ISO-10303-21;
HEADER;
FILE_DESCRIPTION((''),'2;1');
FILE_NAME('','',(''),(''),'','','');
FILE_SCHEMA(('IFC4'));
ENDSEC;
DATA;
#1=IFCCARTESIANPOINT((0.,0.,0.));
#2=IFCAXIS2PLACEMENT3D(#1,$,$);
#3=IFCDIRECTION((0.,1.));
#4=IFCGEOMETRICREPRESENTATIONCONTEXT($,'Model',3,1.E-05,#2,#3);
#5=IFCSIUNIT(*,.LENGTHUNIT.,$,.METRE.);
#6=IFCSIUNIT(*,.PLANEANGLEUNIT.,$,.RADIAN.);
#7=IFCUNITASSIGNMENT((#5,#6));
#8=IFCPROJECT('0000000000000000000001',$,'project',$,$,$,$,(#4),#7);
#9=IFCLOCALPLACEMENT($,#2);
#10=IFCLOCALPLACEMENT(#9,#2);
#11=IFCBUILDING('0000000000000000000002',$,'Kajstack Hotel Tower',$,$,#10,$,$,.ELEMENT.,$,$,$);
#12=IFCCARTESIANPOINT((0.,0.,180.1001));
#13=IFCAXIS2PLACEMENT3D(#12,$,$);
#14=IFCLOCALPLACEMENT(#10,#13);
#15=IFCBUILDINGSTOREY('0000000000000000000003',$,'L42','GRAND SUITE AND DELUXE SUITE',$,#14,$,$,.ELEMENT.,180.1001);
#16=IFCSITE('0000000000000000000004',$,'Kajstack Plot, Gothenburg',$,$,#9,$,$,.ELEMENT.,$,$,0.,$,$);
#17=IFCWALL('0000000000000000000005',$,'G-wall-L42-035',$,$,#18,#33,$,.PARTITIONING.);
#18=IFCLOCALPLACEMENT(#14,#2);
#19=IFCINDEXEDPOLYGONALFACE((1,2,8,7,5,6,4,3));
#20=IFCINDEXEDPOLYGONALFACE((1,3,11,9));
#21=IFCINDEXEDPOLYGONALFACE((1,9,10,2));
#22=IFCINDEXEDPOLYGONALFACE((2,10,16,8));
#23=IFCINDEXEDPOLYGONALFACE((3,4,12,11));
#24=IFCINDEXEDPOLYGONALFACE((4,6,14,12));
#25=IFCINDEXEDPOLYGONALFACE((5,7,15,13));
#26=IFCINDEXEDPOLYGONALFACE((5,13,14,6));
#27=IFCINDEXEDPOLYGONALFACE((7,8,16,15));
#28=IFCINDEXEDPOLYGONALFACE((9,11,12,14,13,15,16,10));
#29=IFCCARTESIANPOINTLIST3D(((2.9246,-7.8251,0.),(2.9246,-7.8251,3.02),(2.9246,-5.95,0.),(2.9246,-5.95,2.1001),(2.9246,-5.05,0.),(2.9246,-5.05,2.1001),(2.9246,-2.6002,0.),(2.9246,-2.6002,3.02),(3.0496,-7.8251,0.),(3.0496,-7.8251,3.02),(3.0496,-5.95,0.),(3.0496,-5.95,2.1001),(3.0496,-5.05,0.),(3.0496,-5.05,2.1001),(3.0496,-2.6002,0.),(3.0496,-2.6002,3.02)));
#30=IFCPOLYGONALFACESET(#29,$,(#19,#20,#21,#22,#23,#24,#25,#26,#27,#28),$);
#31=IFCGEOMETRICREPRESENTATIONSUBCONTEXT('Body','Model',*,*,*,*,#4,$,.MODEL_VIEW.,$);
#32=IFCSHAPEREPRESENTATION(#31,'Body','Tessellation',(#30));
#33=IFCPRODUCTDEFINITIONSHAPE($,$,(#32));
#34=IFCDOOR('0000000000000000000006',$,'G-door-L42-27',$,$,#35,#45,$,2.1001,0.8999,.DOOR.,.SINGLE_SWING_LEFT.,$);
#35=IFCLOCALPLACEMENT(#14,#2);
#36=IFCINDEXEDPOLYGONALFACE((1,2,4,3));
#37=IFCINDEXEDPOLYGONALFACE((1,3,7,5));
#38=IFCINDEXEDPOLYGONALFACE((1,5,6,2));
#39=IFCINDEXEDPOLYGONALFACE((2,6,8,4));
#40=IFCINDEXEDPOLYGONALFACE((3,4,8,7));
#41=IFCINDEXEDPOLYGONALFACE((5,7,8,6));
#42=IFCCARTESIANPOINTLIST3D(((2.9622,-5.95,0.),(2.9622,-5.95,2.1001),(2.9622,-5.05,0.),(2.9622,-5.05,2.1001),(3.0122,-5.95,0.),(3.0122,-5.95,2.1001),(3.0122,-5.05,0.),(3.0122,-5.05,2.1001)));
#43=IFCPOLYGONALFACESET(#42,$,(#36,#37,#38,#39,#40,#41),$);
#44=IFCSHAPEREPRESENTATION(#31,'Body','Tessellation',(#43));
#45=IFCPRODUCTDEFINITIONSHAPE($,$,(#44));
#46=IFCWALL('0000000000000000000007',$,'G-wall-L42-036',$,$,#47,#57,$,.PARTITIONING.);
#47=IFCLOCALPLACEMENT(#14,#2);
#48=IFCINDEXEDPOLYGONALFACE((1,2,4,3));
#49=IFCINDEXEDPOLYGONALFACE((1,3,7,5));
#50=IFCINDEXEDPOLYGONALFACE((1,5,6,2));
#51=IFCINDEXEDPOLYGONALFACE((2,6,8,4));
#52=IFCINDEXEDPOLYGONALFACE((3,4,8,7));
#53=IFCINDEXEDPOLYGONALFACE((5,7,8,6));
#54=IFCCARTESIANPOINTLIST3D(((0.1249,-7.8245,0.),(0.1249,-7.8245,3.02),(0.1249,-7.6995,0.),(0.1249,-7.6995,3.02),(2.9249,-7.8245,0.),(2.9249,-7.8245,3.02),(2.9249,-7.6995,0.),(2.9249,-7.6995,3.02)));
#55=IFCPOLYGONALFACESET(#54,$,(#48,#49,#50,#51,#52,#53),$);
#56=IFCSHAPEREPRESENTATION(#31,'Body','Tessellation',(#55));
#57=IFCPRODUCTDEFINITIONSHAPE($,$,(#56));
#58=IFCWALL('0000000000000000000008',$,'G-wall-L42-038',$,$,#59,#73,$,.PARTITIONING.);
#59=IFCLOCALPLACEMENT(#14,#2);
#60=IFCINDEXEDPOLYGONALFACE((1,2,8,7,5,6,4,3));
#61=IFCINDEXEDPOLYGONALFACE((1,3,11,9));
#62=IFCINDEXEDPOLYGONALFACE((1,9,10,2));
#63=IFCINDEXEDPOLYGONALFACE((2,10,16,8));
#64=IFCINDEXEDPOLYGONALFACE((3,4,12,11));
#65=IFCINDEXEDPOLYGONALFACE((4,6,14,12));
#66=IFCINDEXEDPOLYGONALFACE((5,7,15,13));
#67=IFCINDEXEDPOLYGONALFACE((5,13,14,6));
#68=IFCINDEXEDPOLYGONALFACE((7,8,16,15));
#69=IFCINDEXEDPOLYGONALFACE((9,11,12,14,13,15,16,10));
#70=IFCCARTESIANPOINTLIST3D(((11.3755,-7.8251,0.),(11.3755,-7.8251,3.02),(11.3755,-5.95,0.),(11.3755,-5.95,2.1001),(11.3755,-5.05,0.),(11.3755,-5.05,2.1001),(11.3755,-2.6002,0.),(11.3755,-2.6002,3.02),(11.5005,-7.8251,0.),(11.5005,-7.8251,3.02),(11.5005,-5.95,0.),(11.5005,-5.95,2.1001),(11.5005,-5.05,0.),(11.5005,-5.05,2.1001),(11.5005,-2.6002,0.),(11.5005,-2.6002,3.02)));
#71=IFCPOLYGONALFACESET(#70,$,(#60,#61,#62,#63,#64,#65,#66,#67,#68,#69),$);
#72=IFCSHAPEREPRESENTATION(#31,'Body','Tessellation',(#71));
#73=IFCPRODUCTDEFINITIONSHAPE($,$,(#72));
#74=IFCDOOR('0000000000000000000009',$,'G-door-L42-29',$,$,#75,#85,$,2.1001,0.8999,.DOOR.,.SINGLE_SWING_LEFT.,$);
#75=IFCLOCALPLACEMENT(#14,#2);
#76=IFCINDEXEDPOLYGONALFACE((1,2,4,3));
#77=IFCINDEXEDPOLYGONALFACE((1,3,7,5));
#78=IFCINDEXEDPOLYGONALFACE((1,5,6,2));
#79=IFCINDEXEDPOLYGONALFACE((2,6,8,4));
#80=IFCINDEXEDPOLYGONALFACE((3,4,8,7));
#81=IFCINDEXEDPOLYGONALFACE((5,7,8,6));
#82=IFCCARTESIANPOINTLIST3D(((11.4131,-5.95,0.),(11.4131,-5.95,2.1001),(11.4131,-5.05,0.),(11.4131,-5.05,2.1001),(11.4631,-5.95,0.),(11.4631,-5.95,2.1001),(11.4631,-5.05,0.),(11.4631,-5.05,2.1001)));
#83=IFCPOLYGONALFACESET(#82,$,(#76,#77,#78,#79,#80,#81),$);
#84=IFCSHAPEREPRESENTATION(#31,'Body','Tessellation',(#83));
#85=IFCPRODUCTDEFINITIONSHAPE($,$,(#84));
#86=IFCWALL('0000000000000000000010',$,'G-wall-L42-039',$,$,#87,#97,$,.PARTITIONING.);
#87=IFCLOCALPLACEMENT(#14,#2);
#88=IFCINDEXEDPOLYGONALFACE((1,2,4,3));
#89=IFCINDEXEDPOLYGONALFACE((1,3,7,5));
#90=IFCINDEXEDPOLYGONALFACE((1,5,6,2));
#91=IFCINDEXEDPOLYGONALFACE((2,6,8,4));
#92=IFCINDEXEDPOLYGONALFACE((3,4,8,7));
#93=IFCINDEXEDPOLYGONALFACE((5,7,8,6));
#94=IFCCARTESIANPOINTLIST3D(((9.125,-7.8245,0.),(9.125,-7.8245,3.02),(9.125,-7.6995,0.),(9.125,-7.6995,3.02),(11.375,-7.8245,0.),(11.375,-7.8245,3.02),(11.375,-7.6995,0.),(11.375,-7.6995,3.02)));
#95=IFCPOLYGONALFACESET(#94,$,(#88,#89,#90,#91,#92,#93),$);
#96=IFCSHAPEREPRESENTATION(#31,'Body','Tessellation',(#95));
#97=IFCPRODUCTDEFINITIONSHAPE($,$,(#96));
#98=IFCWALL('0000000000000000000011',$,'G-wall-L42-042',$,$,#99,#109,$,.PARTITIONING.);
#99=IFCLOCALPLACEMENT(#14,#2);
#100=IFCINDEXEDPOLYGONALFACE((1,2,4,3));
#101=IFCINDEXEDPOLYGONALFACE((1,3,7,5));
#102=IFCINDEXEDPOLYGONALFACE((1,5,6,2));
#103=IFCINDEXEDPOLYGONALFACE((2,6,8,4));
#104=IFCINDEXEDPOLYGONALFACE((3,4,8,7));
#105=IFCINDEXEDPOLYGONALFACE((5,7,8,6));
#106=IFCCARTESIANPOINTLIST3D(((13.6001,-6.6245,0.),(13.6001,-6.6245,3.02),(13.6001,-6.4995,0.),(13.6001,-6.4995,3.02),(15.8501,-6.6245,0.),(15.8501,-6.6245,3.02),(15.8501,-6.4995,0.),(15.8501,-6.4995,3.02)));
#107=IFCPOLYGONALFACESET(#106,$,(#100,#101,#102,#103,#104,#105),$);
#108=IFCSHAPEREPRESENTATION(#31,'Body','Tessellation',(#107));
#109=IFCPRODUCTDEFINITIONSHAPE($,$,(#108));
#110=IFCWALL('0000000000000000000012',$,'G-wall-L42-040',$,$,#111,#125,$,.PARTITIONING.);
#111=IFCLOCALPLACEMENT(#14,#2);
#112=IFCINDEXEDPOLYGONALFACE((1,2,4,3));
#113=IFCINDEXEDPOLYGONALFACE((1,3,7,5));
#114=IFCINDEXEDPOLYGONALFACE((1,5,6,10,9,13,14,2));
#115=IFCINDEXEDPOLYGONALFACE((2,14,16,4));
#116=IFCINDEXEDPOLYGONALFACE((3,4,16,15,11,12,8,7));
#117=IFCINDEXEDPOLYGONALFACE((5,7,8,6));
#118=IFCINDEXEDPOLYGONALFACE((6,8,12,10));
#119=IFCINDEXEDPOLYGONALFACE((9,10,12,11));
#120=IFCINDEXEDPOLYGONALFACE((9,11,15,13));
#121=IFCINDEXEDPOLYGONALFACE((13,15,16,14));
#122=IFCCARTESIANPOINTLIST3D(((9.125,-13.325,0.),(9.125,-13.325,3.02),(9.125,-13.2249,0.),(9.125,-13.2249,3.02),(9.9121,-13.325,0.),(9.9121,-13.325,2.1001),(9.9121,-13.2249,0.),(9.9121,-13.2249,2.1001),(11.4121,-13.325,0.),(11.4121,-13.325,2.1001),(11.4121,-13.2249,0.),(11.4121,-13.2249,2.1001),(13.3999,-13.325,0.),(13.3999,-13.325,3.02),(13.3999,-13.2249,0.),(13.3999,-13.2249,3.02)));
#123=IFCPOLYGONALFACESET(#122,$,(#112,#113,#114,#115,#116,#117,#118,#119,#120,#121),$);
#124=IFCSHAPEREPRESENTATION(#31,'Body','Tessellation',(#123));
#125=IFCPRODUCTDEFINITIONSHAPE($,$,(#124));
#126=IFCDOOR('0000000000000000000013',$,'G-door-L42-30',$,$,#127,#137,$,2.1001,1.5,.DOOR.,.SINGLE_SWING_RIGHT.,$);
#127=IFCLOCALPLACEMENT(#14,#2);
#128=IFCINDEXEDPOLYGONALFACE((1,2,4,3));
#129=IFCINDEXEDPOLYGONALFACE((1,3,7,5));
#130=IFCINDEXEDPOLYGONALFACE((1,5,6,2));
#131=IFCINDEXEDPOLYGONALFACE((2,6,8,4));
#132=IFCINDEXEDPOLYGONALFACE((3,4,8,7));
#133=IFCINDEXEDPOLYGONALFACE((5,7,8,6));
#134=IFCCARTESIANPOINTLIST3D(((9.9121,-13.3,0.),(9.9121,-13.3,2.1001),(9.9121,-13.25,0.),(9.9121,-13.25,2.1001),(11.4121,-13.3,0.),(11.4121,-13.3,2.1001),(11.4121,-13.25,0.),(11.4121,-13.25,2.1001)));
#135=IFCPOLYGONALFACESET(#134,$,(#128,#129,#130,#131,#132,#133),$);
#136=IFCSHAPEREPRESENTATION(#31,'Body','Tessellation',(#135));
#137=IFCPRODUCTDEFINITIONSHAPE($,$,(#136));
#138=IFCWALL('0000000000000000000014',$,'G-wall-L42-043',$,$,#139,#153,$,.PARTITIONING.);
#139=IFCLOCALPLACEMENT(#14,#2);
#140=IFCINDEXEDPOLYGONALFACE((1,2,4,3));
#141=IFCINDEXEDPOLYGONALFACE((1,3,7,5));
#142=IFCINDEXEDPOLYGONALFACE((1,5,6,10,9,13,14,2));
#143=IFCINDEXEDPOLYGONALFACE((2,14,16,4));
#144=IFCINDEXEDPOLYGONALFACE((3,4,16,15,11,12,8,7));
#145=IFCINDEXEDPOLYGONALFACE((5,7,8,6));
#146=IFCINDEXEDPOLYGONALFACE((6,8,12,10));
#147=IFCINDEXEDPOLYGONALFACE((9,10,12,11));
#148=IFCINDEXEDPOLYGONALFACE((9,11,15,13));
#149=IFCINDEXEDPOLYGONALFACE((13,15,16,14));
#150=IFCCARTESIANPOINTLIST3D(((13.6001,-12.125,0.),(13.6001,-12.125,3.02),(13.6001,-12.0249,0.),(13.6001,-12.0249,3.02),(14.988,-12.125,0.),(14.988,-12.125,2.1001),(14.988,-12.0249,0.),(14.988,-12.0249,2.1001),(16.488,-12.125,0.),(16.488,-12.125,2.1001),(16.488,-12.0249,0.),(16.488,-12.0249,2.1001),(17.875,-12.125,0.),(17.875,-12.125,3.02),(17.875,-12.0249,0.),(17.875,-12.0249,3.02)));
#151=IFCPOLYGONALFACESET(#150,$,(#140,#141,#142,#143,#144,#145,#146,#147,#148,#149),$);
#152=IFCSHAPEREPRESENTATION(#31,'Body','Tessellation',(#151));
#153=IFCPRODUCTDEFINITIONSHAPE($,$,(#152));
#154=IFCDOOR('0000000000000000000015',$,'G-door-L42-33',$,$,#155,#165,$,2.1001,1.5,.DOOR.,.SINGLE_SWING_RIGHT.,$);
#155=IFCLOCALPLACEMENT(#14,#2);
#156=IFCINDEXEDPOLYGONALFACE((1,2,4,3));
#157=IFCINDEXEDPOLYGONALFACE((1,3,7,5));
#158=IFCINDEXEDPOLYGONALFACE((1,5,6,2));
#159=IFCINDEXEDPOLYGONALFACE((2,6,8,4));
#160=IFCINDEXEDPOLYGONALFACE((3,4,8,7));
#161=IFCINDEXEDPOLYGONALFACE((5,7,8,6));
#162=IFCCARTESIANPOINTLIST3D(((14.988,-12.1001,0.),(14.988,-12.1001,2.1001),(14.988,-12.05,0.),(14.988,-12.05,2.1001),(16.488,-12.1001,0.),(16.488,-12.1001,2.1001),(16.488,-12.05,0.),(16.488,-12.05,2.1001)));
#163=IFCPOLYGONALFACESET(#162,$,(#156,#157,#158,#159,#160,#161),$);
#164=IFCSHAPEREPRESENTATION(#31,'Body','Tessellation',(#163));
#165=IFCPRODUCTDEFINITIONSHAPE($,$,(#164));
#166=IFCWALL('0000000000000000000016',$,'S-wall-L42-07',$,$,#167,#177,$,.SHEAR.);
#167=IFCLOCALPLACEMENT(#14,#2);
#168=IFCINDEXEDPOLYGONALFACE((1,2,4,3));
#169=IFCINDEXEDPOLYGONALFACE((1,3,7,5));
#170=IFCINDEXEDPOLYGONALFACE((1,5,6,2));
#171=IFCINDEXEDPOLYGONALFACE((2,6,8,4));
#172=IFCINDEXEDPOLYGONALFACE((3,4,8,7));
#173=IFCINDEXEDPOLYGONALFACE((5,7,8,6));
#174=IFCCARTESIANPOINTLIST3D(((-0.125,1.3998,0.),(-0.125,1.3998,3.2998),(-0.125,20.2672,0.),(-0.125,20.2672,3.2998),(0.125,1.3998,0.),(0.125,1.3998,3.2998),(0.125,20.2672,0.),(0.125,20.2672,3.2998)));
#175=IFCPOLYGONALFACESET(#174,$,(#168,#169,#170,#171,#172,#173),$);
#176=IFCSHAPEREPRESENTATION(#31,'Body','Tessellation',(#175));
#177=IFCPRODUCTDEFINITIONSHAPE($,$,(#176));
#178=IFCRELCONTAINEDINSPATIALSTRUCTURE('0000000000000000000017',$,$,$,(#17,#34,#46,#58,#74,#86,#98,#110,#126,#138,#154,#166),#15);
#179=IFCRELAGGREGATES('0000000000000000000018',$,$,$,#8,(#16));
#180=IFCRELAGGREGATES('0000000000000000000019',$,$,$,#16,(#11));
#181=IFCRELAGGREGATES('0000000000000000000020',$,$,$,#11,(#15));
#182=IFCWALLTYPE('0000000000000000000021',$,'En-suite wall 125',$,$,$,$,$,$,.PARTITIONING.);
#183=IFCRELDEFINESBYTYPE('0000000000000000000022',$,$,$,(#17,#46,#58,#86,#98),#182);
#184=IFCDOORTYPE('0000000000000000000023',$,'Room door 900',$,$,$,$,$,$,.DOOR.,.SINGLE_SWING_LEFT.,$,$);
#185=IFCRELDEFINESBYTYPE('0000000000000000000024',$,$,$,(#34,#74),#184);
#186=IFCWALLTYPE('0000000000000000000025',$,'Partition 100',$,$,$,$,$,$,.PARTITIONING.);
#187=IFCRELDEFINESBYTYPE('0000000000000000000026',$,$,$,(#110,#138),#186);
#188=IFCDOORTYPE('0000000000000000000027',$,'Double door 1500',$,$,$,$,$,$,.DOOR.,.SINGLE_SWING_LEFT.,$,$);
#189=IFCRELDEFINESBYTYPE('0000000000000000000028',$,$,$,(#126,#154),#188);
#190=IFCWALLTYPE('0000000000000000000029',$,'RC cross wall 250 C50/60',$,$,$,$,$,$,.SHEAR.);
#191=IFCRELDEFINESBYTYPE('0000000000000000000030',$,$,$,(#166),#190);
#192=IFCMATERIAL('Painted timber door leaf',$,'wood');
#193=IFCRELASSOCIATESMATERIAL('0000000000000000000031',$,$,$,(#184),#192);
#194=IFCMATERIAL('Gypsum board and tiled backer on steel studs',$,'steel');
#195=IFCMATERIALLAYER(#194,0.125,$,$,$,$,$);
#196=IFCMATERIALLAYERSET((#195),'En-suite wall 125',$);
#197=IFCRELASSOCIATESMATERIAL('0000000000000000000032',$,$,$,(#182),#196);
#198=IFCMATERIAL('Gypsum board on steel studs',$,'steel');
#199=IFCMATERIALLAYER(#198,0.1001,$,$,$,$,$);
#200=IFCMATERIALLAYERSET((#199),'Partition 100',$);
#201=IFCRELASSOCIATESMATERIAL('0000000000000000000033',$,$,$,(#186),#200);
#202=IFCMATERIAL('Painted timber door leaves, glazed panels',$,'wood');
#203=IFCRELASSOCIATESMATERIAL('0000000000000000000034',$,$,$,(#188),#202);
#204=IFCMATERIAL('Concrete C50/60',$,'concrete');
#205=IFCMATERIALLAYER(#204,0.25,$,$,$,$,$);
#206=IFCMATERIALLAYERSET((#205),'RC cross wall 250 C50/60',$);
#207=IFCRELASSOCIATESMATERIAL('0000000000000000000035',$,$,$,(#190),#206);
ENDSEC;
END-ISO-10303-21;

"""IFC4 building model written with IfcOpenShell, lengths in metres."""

from ifc_helpers import new_model, si_unit, direction, frame, frame_2d, origin, place, context, subcontext, project, spatial, rectangle, extrude, material, layer, layer_set, type_object, element, fill, save


model = new_model("IFC4")

# Units and contexts
model_context = context("Model", 3, precision=1e-05, world=origin(), true_north=direction((0.0, 1.0)))
body_context = subcontext(model_context, "Body", "Model", "MODEL_VIEW")
ifc_project = project(units=[si_unit("LENGTHUNIT", "METRE"), si_unit("PLANEANGLEUNIT", "RADIAN")], contexts=[model_context])

# Site, building, storey
site_placement = place(None, origin())
site = spatial("IfcSite", under=ifc_project, at=site_placement, Name="Kajstack Plot, Gothenburg", CompositionType="ELEMENT", RefElevation=0.0)
building_placement = place(site_placement, origin())
building = spatial("IfcBuilding", under=site, at=building_placement, Name="Kajstack Hotel Tower", CompositionType="ELEMENT")
storey_placement = place(building_placement, frame((0.0, 0.0, 180.1001)))
storey = spatial("IfcBuildingStorey", under=building, at=storey_placement, Name="L42", Description="GRAND SUITE AND DELUXE SUITE", CompositionType="ELEMENT", Elevation=180.1001)

# Shared definitions
ifc_material_1 = material(Name="Painted timber door leaf", Category="wood")
door_type_1 = type_object("IfcDoorType", Name="Room door 900", OperationType="SINGLE_SWING_LEFT", PredefinedType="DOOR", material=ifc_material_1)

# Wall, opening, door
ifc_material_2 = material(Name="Gypsum board and tiled backer on steel studs", Category="steel")
ifc_layer_1 = layer(ifc_material_2, 0.125)
ifc_layer_set_1 = layer_set([ifc_layer_1], Name="En-suite wall 125")
wall_type_1 = type_object("IfcWallType", Name="En-suite wall 125", PredefinedType="PARTITIONING", material=ifc_layer_set_1)
wall_1_placement = place(storey_placement, frame((2.9871, -7.825, 0.0), z_axis=(0.0, 0.0, 1.0), x_axis=(0.0, 1.0, 0.0)))
wall_1 = element("IfcWall", 1, at=wall_1_placement, inside=storey, type_object=wall_type_1, Name="G-wall-L42-035", PredefinedType="PARTITIONING", context=body_context, shape_type="SweptSolid", body=[
    extrude(rectangle(XDim=5.2249, YDim=0.125, at=frame_2d((2.6123, 0.0))), origin(), (0.0, 0.0, 1.0), 3.02),
])
opening_1_placement = place(wall_1_placement, frame((1.875, 0.0, 0.0)))
opening_1 = element("IfcOpeningElement", 2, at=opening_1_placement, cuts=wall_1, PredefinedType="OPENING", context=body_context, shape_type="SweptSolid", body=[
    extrude(rectangle(XDim=0.8999, YDim=2.1001, at=frame_2d((0.45, 1.05))), frame((0.0, 0.0725, 0.0), z_axis=(0.0, -1.0, 0.0), x_axis=(1.0, 0.0, 0.0)), (0.0, 0.0, 1.0), 0.145),
])
door_1_placement = place(opening_1_placement, origin())
door_1 = element("IfcDoor", 3, at=door_1_placement, inside=storey, type_object=door_type_1, Name="G-door-L42-27", OperationType="SINGLE_SWING_LEFT", OverallHeight=2.1001, OverallWidth=0.8999, PredefinedType="DOOR", context=body_context, shape_type="SweptSolid", body=[
    extrude(rectangle(XDim=0.8999, YDim=2.1001, at=frame_2d((0.45, 1.05))), frame((0.0, 0.0249, 0.0), z_axis=(0.0, -1.0, 0.0), x_axis=(1.0, 0.0, 0.0)), (0.0, 0.0, 1.0), 0.05),
])
fill(opening_1, door_1)

# Wall
wall_2_placement = place(storey_placement, frame((0.125, -7.762, 0.0), z_axis=(0.0, 0.0, 1.0), x_axis=(1.0, 0.0, 0.0)))
element("IfcWall", 4, at=wall_2_placement, inside=storey, type_object=wall_type_1, Name="G-wall-L42-036", PredefinedType="PARTITIONING", context=body_context, shape_type="SweptSolid", body=[
    extrude(rectangle(XDim=2.8, YDim=0.125, at=frame_2d((1.3999, 0.0))), origin(), (0.0, 0.0, 1.0), 3.02),
])

# Wall, opening, door
wall_3_placement = place(storey_placement, frame((11.438, -7.825, 0.0), z_axis=(0.0, 0.0, 1.0), x_axis=(0.0, 1.0, 0.0)))
wall_3 = element("IfcWall", 5, at=wall_3_placement, inside=storey, type_object=wall_type_1, Name="G-wall-L42-038", PredefinedType="PARTITIONING", context=body_context, shape_type="SweptSolid", body=[
    extrude(rectangle(XDim=5.2249, YDim=0.125, at=frame_2d((2.6123, 0.0))), origin(), (0.0, 0.0, 1.0), 3.02),
])
opening_2_placement = place(wall_3_placement, frame((1.875, 0.0, 0.0)))
opening_2 = element("IfcOpeningElement", 6, at=opening_2_placement, cuts=wall_3, PredefinedType="OPENING", context=body_context, shape_type="SweptSolid", body=[
    extrude(rectangle(XDim=0.8999, YDim=2.1001, at=frame_2d((0.45, 1.05))), frame((0.0, 0.0725, 0.0), z_axis=(0.0, -1.0, 0.0), x_axis=(1.0, 0.0, 0.0)), (0.0, 0.0, 1.0), 0.145),
])
door_2_placement = place(opening_2_placement, origin())
door_2 = element("IfcDoor", 7, at=door_2_placement, inside=storey, type_object=door_type_1, Name="G-door-L42-29", OperationType="SINGLE_SWING_LEFT", OverallHeight=2.1001, OverallWidth=0.8999, PredefinedType="DOOR", context=body_context, shape_type="SweptSolid", body=[
    extrude(rectangle(XDim=0.8999, YDim=2.1001, at=frame_2d((0.45, 1.05))), frame((0.0, 0.0249, 0.0), z_axis=(0.0, -1.0, 0.0), x_axis=(1.0, 0.0, 0.0)), (0.0, 0.0, 1.0), 0.05),
])
fill(opening_2, door_2)

# Walls
for number, where, z_axis, x_axis, name in (
    (8, (9.125, -7.762, 0.0), (0.0, 0.0, 1.0), (1.0, 0.0, 0.0), "G-wall-L42-039"),
    (9, (13.6001, -6.562, 0.0), (0.0, 0.0, 1.0), (1.0, 0.0, 0.0), "G-wall-L42-042"),
):
    element("IfcWall", number, at=place(storey_placement, frame(where, z_axis=z_axis, x_axis=x_axis)), inside=storey, type_object=wall_type_1, Name=name, PredefinedType="PARTITIONING", context=body_context, shape_type="SweptSolid", body=[
        extrude(rectangle(XDim=2.25, YDim=0.125, at=frame_2d((1.125, 0.0))), origin(), (0.0, 0.0, 1.0), 3.02),
    ])

# Walls, openings, doors
ifc_material_3 = material(Name="Gypsum board on steel studs", Category="steel")
ifc_layer_2 = layer(ifc_material_3, 0.1001)
ifc_layer_set_2 = layer_set([ifc_layer_2], Name="Partition 100")
wall_type_2 = type_object("IfcWallType", Name="Partition 100", PredefinedType="PARTITIONING", material=ifc_layer_set_2)
wall_4_placement = place(storey_placement, frame((9.125, -13.2749, 0.0), z_axis=(0.0, 0.0, 1.0), x_axis=(1.0, 0.0, 0.0)))
wall_4 = element("IfcWall", 10, at=wall_4_placement, inside=storey, type_object=wall_type_2, Name="G-wall-L42-040", PredefinedType="PARTITIONING", context=body_context, shape_type="SweptSolid", body=[
    extrude(rectangle(XDim=4.2749, YDim=0.1001, at=frame_2d((2.1375, 0.0))), origin(), (0.0, 0.0, 1.0), 3.02),
])
opening_3_placement = place(wall_4_placement, frame((0.7871, 0.0, 0.0)))
opening_3 = element("IfcOpeningElement", 11, at=opening_3_placement, cuts=wall_4, PredefinedType="OPENING", context=body_context, shape_type="SweptSolid", body=[
    extrude(rectangle(XDim=1.5, YDim=2.1001, at=frame_2d((0.75, 1.05))), frame((0.0, 0.0601, 0.0), z_axis=(0.0, -1.0, 0.0), x_axis=(1.0, 0.0, 0.0)), (0.0, 0.0, 1.0), 0.1201),
])
ifc_material_4 = material(Name="Painted timber door leaves, glazed panels", Category="wood")
door_type_2 = type_object("IfcDoorType", Name="Double door 1500", OperationType="SINGLE_SWING_LEFT", PredefinedType="DOOR", material=ifc_material_4)
door_3_placement = place(opening_3_placement, origin())
door_3 = element("IfcDoor", 12, at=door_3_placement, inside=storey, type_object=door_type_2, Name="G-door-L42-30", OperationType="SINGLE_SWING_RIGHT", OverallHeight=2.1001, OverallWidth=1.5, PredefinedType="DOOR", context=body_context, shape_type="SweptSolid", body=[
    extrude(rectangle(XDim=1.5, YDim=2.1001, at=frame_2d((0.75, 1.05))), frame((0.0, 0.0249, 0.0), z_axis=(0.0, -1.0, 0.0), x_axis=(1.0, 0.0, 0.0)), (0.0, 0.0, 1.0), 0.05),
])
fill(opening_3, door_3)
wall_5_placement = place(storey_placement, frame((13.6001, -12.075, 0.0), z_axis=(0.0, 0.0, 1.0), x_axis=(1.0, 0.0, 0.0)))
wall_5 = element("IfcWall", 13, at=wall_5_placement, inside=storey, type_object=wall_type_2, Name="G-wall-L42-043", PredefinedType="PARTITIONING", context=body_context, shape_type="SweptSolid", body=[
    extrude(rectangle(XDim=4.2749, YDim=0.1001, at=frame_2d((2.1375, 0.0))), origin(), (0.0, 0.0, 1.0), 3.02),
])
opening_4_placement = place(wall_5_placement, frame((1.3879, 0.0, 0.0)))
opening_4 = element("IfcOpeningElement", 14, at=opening_4_placement, cuts=wall_5, PredefinedType="OPENING", context=body_context, shape_type="SweptSolid", body=[
    extrude(rectangle(XDim=1.5, YDim=2.1001, at=frame_2d((0.75, 1.05))), frame((0.0, 0.0601, 0.0), z_axis=(0.0, -1.0, 0.0), x_axis=(1.0, 0.0, 0.0)), (0.0, 0.0, 1.0), 0.1201),
])
door_4_placement = place(opening_4_placement, origin())
door_4 = element("IfcDoor", 15, at=door_4_placement, inside=storey, type_object=door_type_2, Name="G-door-L42-33", OperationType="SINGLE_SWING_RIGHT", OverallHeight=2.1001, OverallWidth=1.5, PredefinedType="DOOR", context=body_context, shape_type="SweptSolid", body=[
    extrude(rectangle(XDim=1.5, YDim=2.1001, at=frame_2d((0.75, 1.05))), frame((0.0, 0.0249, 0.0), z_axis=(0.0, -1.0, 0.0), x_axis=(1.0, 0.0, 0.0)), (0.0, 0.0, 1.0), 0.05),
])
fill(opening_4, door_4)

# Wall
ifc_material_5 = material(Name="Concrete C50/60", Category="concrete")
ifc_layer_3 = layer(ifc_material_5, 0.25)
ifc_layer_set_3 = layer_set([ifc_layer_3], Name="RC cross wall 250 C50/60")
wall_type_3 = type_object("IfcWallType", Name="RC cross wall 250 C50/60", PredefinedType="SHEAR", material=ifc_layer_set_3)
wall_6_placement = place(storey_placement, frame((0.0, 1.3999, 0.0), z_axis=(0.0, 0.0, 1.0), x_axis=(0.0, 1.0, 0.0)))
element("IfcWall", 16, at=wall_6_placement, inside=storey, type_object=wall_type_3, Name="S-wall-L42-07", PredefinedType="SHEAR", context=body_context, shape_type="SweptSolid", body=[
    extrude(rectangle(XDim=18.8674, YDim=0.25, at=frame_2d((9.4336, 0.0))), origin(), (0.0, 0.0, 1.0), 3.2998),
])

save(model, "model.ifc")
